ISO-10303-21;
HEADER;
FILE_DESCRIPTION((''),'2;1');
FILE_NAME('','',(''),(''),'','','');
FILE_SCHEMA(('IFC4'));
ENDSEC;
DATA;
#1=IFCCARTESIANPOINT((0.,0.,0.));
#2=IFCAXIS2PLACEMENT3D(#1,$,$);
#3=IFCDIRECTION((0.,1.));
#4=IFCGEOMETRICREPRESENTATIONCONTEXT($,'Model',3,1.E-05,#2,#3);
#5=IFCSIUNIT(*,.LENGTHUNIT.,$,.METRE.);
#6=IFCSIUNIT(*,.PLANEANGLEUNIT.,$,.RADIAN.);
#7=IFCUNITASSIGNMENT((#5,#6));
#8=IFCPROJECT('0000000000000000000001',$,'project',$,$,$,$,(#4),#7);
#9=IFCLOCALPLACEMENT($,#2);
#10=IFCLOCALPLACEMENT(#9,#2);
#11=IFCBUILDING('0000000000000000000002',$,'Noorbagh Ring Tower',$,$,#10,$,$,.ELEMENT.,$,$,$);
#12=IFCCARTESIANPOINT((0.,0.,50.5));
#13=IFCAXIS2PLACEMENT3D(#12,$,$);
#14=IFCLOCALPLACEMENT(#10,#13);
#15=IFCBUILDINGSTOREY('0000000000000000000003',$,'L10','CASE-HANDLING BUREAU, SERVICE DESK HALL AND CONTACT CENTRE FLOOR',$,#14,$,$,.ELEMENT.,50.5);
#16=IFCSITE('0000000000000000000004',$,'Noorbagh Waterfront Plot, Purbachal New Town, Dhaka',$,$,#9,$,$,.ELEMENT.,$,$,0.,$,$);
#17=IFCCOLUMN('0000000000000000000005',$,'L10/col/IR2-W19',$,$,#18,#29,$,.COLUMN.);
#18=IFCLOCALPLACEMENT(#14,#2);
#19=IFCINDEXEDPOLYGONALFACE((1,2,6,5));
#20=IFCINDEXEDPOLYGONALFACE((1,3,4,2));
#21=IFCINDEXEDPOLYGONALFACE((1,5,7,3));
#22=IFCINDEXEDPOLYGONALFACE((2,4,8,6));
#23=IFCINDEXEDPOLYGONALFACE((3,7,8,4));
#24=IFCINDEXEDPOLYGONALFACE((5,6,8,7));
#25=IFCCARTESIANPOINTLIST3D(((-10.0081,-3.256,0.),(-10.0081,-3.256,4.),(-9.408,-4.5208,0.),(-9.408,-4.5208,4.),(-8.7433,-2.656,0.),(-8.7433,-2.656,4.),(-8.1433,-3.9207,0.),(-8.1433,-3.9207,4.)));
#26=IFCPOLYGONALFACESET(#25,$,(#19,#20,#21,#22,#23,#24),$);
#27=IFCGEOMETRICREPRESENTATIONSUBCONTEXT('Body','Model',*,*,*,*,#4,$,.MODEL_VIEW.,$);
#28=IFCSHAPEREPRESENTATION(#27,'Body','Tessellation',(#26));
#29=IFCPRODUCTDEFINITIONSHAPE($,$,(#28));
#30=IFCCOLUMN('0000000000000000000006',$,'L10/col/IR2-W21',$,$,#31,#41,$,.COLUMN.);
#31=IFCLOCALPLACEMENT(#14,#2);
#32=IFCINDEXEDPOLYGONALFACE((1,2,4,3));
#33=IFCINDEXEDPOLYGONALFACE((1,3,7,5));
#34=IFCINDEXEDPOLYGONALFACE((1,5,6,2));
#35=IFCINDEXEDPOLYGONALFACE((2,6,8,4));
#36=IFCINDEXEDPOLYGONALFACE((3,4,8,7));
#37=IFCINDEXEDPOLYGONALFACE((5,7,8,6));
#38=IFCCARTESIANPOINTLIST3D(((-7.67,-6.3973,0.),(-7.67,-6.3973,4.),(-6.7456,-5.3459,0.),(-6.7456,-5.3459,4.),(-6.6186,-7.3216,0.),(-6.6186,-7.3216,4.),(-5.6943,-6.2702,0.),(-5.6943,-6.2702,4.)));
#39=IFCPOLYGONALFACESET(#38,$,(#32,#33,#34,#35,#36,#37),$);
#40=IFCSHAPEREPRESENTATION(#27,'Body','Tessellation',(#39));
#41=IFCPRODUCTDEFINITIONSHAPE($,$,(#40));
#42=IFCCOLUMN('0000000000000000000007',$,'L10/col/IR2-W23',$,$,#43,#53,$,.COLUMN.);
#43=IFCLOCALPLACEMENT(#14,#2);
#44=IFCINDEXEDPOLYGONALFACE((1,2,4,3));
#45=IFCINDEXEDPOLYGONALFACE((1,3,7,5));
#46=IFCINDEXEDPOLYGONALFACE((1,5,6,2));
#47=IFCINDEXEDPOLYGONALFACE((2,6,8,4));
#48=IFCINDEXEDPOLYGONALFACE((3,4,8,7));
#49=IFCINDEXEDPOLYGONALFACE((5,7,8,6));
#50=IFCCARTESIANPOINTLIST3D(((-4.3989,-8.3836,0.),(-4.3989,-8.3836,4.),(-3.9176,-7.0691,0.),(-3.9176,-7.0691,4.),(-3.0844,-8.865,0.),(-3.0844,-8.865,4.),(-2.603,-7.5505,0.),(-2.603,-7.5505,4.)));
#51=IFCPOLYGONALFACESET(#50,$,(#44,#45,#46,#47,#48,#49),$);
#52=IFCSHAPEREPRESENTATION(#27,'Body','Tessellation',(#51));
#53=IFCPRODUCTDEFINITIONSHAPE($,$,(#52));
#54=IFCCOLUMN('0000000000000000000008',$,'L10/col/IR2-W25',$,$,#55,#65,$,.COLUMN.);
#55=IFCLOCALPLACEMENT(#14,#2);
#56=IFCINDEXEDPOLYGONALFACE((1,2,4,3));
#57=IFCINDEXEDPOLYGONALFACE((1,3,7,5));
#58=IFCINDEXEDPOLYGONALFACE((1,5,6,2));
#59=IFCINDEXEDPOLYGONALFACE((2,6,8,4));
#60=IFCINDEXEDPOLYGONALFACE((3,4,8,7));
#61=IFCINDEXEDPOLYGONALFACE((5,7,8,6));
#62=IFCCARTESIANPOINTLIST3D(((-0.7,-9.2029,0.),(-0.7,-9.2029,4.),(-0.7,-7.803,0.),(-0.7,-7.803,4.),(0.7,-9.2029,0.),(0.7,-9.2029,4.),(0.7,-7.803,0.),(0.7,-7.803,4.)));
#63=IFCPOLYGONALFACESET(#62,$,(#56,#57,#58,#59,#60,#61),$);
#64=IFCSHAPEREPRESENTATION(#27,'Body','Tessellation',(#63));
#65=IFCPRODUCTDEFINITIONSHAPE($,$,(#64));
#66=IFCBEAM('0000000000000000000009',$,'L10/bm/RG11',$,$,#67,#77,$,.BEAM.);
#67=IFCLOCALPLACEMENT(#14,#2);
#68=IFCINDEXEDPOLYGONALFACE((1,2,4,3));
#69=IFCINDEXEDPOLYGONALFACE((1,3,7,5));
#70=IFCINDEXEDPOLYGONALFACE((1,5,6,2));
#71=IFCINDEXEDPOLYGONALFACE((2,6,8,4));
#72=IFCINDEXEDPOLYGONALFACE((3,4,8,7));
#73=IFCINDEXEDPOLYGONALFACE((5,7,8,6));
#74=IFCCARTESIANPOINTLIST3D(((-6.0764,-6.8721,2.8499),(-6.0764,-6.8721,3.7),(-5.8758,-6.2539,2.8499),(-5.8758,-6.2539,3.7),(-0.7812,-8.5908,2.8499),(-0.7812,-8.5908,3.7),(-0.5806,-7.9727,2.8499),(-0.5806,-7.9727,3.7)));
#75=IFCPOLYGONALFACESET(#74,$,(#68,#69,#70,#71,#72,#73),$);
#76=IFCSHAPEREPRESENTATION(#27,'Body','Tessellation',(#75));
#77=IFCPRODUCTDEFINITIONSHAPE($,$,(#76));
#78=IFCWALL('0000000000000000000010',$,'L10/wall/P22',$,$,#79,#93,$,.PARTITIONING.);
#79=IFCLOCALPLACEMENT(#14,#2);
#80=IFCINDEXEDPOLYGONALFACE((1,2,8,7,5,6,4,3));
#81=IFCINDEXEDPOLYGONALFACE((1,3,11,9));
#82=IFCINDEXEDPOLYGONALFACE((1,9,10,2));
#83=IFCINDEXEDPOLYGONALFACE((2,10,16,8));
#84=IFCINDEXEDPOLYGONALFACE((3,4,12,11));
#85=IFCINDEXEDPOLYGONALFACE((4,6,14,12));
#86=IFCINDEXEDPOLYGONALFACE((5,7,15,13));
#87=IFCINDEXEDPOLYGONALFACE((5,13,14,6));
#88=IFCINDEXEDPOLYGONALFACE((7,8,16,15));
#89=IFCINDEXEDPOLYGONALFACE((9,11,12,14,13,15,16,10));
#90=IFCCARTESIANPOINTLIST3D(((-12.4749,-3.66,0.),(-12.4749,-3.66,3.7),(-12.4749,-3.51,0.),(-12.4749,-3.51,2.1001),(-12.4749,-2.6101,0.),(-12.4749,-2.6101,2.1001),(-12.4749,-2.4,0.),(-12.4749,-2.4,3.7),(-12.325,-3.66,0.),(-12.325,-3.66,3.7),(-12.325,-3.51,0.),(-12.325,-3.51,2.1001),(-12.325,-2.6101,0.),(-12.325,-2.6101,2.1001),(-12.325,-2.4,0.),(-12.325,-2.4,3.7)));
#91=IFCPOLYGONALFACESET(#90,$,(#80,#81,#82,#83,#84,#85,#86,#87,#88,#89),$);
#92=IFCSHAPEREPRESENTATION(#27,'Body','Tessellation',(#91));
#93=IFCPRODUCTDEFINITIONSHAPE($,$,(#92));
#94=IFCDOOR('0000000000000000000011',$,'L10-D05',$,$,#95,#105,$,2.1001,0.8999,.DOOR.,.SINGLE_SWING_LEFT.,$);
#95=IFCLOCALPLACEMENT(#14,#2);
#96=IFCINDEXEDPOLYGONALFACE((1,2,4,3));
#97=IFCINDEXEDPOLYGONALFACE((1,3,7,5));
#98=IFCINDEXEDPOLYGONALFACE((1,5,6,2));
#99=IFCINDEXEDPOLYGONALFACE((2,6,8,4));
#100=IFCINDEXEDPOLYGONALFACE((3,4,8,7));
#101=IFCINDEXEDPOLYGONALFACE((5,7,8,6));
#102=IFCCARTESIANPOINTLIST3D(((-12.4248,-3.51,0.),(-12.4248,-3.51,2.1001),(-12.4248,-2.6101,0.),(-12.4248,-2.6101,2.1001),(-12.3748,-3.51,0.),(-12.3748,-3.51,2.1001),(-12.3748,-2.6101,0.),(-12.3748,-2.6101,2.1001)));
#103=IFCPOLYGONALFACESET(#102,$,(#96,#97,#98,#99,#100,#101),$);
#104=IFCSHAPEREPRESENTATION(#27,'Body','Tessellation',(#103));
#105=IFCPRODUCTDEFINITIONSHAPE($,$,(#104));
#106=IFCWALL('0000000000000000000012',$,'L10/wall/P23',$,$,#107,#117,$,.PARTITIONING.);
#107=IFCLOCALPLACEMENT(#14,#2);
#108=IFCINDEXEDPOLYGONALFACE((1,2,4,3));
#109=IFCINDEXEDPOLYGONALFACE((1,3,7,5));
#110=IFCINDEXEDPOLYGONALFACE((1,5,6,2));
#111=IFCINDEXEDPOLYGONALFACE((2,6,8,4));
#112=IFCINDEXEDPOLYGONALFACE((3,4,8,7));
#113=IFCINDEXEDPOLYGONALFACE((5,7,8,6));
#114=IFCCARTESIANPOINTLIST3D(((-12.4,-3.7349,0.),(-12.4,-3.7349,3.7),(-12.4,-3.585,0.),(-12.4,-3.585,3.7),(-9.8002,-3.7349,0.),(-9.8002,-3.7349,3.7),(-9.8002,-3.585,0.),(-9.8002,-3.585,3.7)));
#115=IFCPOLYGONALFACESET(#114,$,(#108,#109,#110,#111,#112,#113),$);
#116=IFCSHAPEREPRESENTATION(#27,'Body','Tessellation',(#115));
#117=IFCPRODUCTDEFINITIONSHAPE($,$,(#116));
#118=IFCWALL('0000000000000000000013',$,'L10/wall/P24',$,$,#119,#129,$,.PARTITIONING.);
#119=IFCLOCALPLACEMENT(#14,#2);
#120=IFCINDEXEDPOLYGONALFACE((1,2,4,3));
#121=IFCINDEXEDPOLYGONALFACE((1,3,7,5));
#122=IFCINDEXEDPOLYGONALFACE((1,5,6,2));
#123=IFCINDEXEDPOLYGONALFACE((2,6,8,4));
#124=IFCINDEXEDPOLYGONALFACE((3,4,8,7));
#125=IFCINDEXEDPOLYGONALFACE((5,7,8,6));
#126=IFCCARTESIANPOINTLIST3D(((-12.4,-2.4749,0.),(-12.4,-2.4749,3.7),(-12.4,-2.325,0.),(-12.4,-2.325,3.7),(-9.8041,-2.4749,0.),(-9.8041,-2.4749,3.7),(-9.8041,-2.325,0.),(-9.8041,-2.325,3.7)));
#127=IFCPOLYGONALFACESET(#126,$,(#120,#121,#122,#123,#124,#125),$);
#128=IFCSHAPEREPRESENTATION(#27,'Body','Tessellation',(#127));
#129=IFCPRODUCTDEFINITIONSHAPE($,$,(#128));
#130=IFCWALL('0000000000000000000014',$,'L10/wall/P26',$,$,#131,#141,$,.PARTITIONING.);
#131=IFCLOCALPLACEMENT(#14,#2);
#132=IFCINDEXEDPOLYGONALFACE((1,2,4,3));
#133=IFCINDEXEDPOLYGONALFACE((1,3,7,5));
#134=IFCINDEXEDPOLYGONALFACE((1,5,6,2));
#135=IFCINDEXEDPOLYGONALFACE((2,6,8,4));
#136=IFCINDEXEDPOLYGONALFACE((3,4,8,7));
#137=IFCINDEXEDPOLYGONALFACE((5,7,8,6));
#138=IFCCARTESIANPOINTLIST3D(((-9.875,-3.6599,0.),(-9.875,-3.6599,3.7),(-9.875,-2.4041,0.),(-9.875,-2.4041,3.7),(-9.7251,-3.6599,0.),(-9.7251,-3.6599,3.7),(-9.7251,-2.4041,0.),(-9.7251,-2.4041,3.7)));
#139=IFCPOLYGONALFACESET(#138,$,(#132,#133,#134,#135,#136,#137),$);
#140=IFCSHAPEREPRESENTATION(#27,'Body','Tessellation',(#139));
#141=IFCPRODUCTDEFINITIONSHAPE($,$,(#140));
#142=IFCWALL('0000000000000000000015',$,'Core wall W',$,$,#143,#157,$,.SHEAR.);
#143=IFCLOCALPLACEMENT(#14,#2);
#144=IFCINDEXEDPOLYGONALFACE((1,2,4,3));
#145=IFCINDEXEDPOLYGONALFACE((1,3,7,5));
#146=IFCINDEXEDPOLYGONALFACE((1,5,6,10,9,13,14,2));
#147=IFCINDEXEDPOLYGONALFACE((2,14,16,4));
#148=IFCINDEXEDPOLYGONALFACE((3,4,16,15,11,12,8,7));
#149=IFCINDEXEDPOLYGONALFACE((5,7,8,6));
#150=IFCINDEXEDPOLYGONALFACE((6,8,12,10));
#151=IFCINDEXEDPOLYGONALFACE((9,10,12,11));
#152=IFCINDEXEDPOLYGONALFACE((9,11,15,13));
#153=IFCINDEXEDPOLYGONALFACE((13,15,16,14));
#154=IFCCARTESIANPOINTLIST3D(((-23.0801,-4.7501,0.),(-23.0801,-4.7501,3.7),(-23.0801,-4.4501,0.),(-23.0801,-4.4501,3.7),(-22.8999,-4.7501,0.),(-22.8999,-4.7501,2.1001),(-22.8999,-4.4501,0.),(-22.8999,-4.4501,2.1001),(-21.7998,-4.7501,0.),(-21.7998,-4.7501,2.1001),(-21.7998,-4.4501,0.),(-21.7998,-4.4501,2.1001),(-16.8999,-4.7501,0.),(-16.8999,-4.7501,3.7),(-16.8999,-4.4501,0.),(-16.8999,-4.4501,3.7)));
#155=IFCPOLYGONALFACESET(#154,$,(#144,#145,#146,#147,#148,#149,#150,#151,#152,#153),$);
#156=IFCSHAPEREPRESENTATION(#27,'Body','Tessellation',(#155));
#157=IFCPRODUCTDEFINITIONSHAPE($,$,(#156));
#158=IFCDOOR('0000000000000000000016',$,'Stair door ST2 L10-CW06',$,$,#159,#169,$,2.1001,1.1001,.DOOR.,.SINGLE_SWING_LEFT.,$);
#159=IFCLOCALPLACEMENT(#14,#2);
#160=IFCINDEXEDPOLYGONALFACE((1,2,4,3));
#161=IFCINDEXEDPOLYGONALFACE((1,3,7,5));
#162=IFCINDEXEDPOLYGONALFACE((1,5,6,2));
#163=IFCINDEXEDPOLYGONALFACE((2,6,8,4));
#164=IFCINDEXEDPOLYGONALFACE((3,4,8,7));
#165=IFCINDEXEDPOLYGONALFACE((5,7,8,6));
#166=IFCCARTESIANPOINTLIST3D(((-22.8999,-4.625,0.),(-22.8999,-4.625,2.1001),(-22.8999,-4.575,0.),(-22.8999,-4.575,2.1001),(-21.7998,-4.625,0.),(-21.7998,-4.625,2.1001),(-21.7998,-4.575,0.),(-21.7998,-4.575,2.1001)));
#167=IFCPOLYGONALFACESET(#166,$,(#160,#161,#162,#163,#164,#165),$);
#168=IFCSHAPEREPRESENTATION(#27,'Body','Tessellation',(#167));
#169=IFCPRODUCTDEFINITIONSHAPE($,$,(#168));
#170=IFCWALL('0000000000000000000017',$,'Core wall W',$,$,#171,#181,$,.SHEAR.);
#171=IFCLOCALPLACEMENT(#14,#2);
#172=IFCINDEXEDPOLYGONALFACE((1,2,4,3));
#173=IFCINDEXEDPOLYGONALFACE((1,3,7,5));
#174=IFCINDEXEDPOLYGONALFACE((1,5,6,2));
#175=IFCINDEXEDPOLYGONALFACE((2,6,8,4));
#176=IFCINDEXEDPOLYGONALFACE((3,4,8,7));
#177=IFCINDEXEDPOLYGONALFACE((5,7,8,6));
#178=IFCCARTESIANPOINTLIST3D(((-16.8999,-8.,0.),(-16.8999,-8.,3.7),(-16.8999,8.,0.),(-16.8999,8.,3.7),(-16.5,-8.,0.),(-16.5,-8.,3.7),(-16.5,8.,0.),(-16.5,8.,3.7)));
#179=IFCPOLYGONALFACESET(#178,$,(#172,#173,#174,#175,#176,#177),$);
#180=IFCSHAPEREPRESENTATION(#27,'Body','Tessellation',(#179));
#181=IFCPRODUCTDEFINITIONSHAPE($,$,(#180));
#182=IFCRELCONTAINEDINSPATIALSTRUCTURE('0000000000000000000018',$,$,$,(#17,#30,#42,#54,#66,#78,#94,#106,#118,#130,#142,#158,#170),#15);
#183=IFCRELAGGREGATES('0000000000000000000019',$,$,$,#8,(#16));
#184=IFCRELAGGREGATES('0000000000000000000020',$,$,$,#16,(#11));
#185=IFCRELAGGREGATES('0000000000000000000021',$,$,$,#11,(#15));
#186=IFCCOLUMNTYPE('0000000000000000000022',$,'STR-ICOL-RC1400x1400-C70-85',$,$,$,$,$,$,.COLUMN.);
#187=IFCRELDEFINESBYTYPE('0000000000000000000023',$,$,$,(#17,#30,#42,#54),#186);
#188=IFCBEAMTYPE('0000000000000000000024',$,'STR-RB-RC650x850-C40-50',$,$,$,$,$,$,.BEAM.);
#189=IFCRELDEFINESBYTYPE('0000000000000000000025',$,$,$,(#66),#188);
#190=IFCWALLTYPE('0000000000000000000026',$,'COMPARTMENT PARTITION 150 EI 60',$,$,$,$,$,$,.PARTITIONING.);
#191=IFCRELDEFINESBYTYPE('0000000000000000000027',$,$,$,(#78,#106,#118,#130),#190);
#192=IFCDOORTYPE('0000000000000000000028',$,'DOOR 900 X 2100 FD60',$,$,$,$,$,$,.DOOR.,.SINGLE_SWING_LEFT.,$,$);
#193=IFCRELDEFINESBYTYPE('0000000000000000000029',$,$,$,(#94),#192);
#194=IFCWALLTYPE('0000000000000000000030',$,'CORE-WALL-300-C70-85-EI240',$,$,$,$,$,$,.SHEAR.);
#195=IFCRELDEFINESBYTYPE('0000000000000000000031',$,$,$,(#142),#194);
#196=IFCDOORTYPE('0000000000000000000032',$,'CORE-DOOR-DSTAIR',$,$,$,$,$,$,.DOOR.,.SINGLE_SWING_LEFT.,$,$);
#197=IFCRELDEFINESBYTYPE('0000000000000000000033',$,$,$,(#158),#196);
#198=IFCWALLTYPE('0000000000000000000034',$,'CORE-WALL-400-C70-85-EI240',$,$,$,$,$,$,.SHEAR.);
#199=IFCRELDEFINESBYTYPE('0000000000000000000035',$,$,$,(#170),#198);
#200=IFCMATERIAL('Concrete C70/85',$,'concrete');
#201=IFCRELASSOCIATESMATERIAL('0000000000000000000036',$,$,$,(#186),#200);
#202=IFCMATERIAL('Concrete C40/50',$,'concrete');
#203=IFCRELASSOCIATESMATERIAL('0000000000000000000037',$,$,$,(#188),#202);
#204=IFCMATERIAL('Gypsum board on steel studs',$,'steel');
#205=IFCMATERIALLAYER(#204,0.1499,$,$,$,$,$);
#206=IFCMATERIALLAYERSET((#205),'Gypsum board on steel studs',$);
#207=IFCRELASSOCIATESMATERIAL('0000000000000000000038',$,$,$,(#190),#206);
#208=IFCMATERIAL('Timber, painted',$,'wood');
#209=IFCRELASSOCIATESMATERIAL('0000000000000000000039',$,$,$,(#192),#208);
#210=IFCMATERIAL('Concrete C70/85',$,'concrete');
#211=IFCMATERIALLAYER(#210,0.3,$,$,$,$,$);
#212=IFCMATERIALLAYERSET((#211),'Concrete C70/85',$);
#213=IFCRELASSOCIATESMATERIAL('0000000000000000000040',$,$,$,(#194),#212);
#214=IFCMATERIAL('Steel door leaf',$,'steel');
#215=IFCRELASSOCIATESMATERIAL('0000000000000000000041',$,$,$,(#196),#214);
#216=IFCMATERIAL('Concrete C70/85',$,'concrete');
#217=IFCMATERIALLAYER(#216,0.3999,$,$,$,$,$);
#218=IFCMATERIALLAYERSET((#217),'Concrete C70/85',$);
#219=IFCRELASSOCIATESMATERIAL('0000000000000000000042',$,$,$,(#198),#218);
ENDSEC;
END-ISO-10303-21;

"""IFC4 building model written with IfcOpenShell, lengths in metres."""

from ifc_helpers import new_model, si_unit, direction, frame, frame_2d, origin, origin_2d, place, context, subcontext, project, spatial, rectangle, extrude, material, layer, layer_set, material_profile, profile_set, type_object, element, fill, save


model = new_model("IFC4")

# Units and contexts
model_context = context("Model", 3, precision=1e-05, world=origin(), true_north=direction((0.0, 1.0)))
body_context = subcontext(model_context, "Body", "Model", "MODEL_VIEW")
ifc_project = project(units=[si_unit("LENGTHUNIT", "METRE"), si_unit("PLANEANGLEUNIT", "RADIAN")], contexts=[model_context])

# Site, building, storey
site_placement = place(None, origin())
site = spatial("IfcSite", under=ifc_project, at=site_placement, Name="Noorbagh Waterfront Plot, Purbachal New Town, Dhaka", CompositionType="ELEMENT", RefElevation=0.0)
building_placement = place(site_placement, origin())
building = spatial("IfcBuilding", under=site, at=building_placement, Name="Noorbagh Ring Tower", CompositionType="ELEMENT")
storey_placement = place(building_placement, frame((0.0, 0.0, 50.5)))
storey = spatial("IfcBuildingStorey", under=building, at=storey_placement, Name="L10", Description="CASE-HANDLING BUREAU, SERVICE DESK HALL AND CONTACT CENTRE FLOOR", CompositionType="ELEMENT", Elevation=50.5)

# Columns
ifc_material_1 = material(Name="Concrete C70/85", Category="concrete")
ifc_material_profile_1 = material_profile(ifc_material_1, rectangle(XDim=1.3999, YDim=1.3999, at=origin_2d()), Name="RC1400x1400")
ifc_profile_set_1 = profile_set([ifc_material_profile_1], Name="Concrete C70/85")
column_type = type_object("IfcColumnType", Name="STR-ICOL-RC1400x1400-C70-85", PredefinedType="COLUMN", material=ifc_profile_set_1)
for number, where, z_axis, x_axis, name in (
    (1, (-9.0757, -3.5884, 0.0), (0.0, 0.0, 1.0), (0.428667, -0.903463, 0.0), "L10/col/IR2-W19"),
    (2, (-6.6821, -6.3337, 0.0), (0.0, 0.0, 1.0), (0.751022, -0.660277, 0.0), "L10/col/IR2-W21"),
    (3, (-3.501, -7.967, 0.0), (0.0, 0.0, 1.0), (0.93902, -0.343864, 0.0), "L10/col/IR2-W23"),
    (4, (0.0, -8.5029, 0.0), (0.0, 0.0, 1.0), (1.0, 0.0, 0.0), "L10/col/IR2-W25"),
):
    element("IfcColumn", number, at=place(storey_placement, frame(where, z_axis=z_axis, x_axis=x_axis)), inside=storey, type_object=column_type, Name=name, PredefinedType="COLUMN", context=body_context, shape_type="SweptSolid", body=[
        extrude(rectangle(XDim=1.3999, YDim=1.3999, at=origin_2d()), origin(), (0.0, 0.0, 1.0), 4.0),
    ])

# Beam
ifc_material_2 = material(Name="Concrete C40/50", Category="concrete")
ifc_material_profile_2 = material_profile(ifc_material_2, rectangle(XDim=0.6499, YDim=0.8501, at=origin_2d()), Name="RC650x850")
ifc_profile_set_2 = profile_set([ifc_material_profile_2], Name="Concrete C40/50")
beam_type = type_object("IfcBeamType", Name="STR-RB-RC650x850-C40-50", PredefinedType="BEAM", material=ifc_profile_set_2)
beam_placement = place(storey_placement, frame((-5.9761, -6.563, 3.2749), z_axis=(0.951149, -0.308732, 0.0), x_axis=(0.308732, 0.951149, 0.0)))
element("IfcBeam", 5, at=beam_placement, inside=storey, type_object=beam_type, Name="L10/bm/RG11", PredefinedType="BEAM", context=body_context, shape_type="SweptSolid", body=[
    extrude(rectangle(XDim=0.6499, YDim=0.8501, at=origin_2d()), origin(), (0.0, 0.0, 1.0), 5.5671),
])

# Wall, opening, door
ifc_material_3 = material(Name="Gypsum board on steel studs", Category="steel")
ifc_layer_1 = layer(ifc_material_3, 0.1499)
ifc_layer_set_1 = layer_set([ifc_layer_1], Name="Gypsum board on steel studs")
wall_type_1 = type_object("IfcWallType", Name="COMPARTMENT PARTITION 150 EI 60", PredefinedType="PARTITIONING", material=ifc_layer_set_1)
wall_1_placement = place(storey_placement, frame((-12.3999, -3.6599, 0.0), z_axis=(0.0, 0.0, 1.0), x_axis=(0.0, 1.0, 0.0)))
wall_1 = element("IfcWall", 6, at=wall_1_placement, inside=storey, type_object=wall_type_1, Name="L10/wall/P22", PredefinedType="PARTITIONING", context=body_context, shape_type="SweptSolid", body=[
    extrude(rectangle(XDim=1.26, YDim=0.1499, at=frame_2d((0.6299, 0.0))), origin(), (0.0, 0.0, 1.0), 3.7),
])
opening_1_placement = place(wall_1_placement, frame((0.1499, 0.0, 0.0)))
opening_1 = element("IfcOpeningElement", 7, at=opening_1_placement, cuts=wall_1, PredefinedType="OPENING", context=body_context, shape_type="SweptSolid", body=[
    extrude(rectangle(XDim=0.8999, YDim=2.1001, at=frame_2d((0.45, 1.05))), frame((0.0, 0.085, 0.0), z_axis=(0.0, -1.0, 0.0), x_axis=(1.0, 0.0, 0.0)), (0.0, 0.0, 1.0), 0.1699),
])
ifc_material_4 = material(Name="Timber, painted", Category="wood")
door_type_1 = type_object("IfcDoorType", Name="DOOR 900 X 2100 FD60", OperationType="SINGLE_SWING_LEFT", PredefinedType="DOOR", material=ifc_material_4)
door_1_placement = place(opening_1_placement, origin())
door_1 = element("IfcDoor", 8, at=door_1_placement, inside=storey, type_object=door_type_1, Name="L10-D05", OperationType="SINGLE_SWING_LEFT", OverallHeight=2.1001, OverallWidth=0.8999, PredefinedType="DOOR", context=body_context, shape_type="SweptSolid", body=[
    extrude(rectangle(XDim=0.8999, YDim=2.1001, at=frame_2d((0.45, 1.05))), frame((0.0, 0.0249, 0.0), z_axis=(0.0, -1.0, 0.0), x_axis=(1.0, 0.0, 0.0)), (0.0, 0.0, 1.0), 0.05),
])
fill(opening_1, door_1)

# Walls
wall_2_placement = place(storey_placement, frame((-12.3999, -3.6599, 0.0), z_axis=(0.0, 0.0, 1.0), x_axis=(1.0, 0.0, 0.0)))
element("IfcWall", 9, at=wall_2_placement, inside=storey, type_object=wall_type_1, Name="L10/wall/P23", PredefinedType="PARTITIONING", context=body_context, shape_type="SweptSolid", body=[
    extrude(rectangle(XDim=2.5999, YDim=0.1499, at=frame_2d((1.2998, 0.0))), origin(), (0.0, 0.0, 1.0), 3.7),
])
wall_3_placement = place(storey_placement, frame((-12.3999, -2.3999, 0.0), z_axis=(0.0, 0.0, 1.0), x_axis=(1.0, 0.0, 0.0)))
element("IfcWall", 10, at=wall_3_placement, inside=storey, type_object=wall_type_1, Name="L10/wall/P24", PredefinedType="PARTITIONING", context=body_context, shape_type="SweptSolid", body=[
    extrude(rectangle(XDim=2.5959, YDim=0.1499, at=frame_2d((1.2979, 0.0))), origin(), (0.0, 0.0, 1.0), 3.7),
])
wall_4_placement = place(storey_placement, frame((-9.8, -3.6599, 0.0), z_axis=(0.0, 0.0, 1.0), x_axis=(0.0, 1.0, 0.0)))
element("IfcWall", 11, at=wall_4_placement, inside=storey, type_object=wall_type_1, Name="L10/wall/P26", PredefinedType="PARTITIONING", context=body_context, shape_type="SweptSolid", body=[
    extrude(rectangle(XDim=1.2559, YDim=0.1499, at=frame_2d((0.6279, 0.0))), origin(), (0.0, 0.0, 1.0), 3.7),
])

# Wall, opening, door
ifc_material_5 = material(Name="Concrete C70/85", Category="concrete")
ifc_layer_2 = layer(ifc_material_5, 0.3)
ifc_layer_set_2 = layer_set([ifc_layer_2], Name="Concrete C70/85")
wall_type_2 = type_object("IfcWallType", Name="CORE-WALL-300-C70-85-EI240", PredefinedType="SHEAR", material=ifc_layer_set_2)
wall_5_placement = place(storey_placement, frame((-16.8999, -4.6001, 0.0), z_axis=(0.0, 0.0, 1.0), x_axis=(-1.0, 0.0, 0.0)))
wall_5 = element("IfcWall", 12, at=wall_5_placement, inside=storey, type_object=wall_type_2, Name="Core wall W", PredefinedType="SHEAR", context=body_context, shape_type="SweptSolid", body=[
    extrude(rectangle(XDim=6.1802, YDim=0.3, at=frame_2d((3.0901, 0.0))), origin(), (0.0, 0.0, 1.0), 3.7),
])
opening_2_placement = place(wall_5_placement, frame((4.8999, 0.0, 0.0)))
opening_2 = element("IfcOpeningElement", 13, at=opening_2_placement, cuts=wall_5, PredefinedType="OPENING", context=body_context, shape_type="SweptSolid", body=[
    extrude(rectangle(XDim=1.1001, YDim=2.1001, at=frame_2d((0.55, 1.05))), frame((0.0, 0.1602, 0.0), z_axis=(0.0, -1.0, 0.0), x_axis=(1.0, 0.0, 0.0)), (0.0, 0.0, 1.0), 0.3201),
])
ifc_material_6 = material(Name="Steel door leaf", Category="steel")
door_type_2 = type_object("IfcDoorType", Name="CORE-DOOR-DSTAIR", OperationType="SINGLE_SWING_LEFT", PredefinedType="DOOR", material=ifc_material_6)
door_2_placement = place(opening_2_placement, origin())
door_2 = element("IfcDoor", 14, at=door_2_placement, inside=storey, type_object=door_type_2, Name="Stair door ST2 L10-CW06", OperationType="SINGLE_SWING_LEFT", OverallHeight=2.1001, OverallWidth=1.1001, PredefinedType="DOOR", context=body_context, shape_type="SweptSolid", body=[
    extrude(rectangle(XDim=1.1001, YDim=2.1001, at=frame_2d((0.55, 1.05))), frame((0.0, 0.0249, 0.0), z_axis=(0.0, -1.0, 0.0), x_axis=(1.0, 0.0, 0.0)), (0.0, 0.0, 1.0), 0.05),
])
fill(opening_2, door_2)

# Wall
ifc_material_7 = material(Name="Concrete C70/85", Category="concrete")
ifc_layer_3 = layer(ifc_material_7, 0.3999)
ifc_layer_set_3 = layer_set([ifc_layer_3], Name="Concrete C70/85")
wall_type_3 = type_object("IfcWallType", Name="CORE-WALL-400-C70-85-EI240", PredefinedType="SHEAR", material=ifc_layer_set_3)
wall_6_placement = place(storey_placement, frame((-16.7, -8.0, 0.0), z_axis=(0.0, 0.0, 1.0), x_axis=(0.0, 1.0, 0.0)))
element("IfcWall", 15, at=wall_6_placement, inside=storey, type_object=wall_type_3, Name="Core wall W", PredefinedType="SHEAR", context=body_context, shape_type="SweptSolid", body=[
    extrude(rectangle(XDim=16.0, YDim=0.3999, at=frame_2d((8.0, 0.0))), origin(), (0.0, 0.0, 1.0), 3.7),
])

save(model, "model.ifc")
